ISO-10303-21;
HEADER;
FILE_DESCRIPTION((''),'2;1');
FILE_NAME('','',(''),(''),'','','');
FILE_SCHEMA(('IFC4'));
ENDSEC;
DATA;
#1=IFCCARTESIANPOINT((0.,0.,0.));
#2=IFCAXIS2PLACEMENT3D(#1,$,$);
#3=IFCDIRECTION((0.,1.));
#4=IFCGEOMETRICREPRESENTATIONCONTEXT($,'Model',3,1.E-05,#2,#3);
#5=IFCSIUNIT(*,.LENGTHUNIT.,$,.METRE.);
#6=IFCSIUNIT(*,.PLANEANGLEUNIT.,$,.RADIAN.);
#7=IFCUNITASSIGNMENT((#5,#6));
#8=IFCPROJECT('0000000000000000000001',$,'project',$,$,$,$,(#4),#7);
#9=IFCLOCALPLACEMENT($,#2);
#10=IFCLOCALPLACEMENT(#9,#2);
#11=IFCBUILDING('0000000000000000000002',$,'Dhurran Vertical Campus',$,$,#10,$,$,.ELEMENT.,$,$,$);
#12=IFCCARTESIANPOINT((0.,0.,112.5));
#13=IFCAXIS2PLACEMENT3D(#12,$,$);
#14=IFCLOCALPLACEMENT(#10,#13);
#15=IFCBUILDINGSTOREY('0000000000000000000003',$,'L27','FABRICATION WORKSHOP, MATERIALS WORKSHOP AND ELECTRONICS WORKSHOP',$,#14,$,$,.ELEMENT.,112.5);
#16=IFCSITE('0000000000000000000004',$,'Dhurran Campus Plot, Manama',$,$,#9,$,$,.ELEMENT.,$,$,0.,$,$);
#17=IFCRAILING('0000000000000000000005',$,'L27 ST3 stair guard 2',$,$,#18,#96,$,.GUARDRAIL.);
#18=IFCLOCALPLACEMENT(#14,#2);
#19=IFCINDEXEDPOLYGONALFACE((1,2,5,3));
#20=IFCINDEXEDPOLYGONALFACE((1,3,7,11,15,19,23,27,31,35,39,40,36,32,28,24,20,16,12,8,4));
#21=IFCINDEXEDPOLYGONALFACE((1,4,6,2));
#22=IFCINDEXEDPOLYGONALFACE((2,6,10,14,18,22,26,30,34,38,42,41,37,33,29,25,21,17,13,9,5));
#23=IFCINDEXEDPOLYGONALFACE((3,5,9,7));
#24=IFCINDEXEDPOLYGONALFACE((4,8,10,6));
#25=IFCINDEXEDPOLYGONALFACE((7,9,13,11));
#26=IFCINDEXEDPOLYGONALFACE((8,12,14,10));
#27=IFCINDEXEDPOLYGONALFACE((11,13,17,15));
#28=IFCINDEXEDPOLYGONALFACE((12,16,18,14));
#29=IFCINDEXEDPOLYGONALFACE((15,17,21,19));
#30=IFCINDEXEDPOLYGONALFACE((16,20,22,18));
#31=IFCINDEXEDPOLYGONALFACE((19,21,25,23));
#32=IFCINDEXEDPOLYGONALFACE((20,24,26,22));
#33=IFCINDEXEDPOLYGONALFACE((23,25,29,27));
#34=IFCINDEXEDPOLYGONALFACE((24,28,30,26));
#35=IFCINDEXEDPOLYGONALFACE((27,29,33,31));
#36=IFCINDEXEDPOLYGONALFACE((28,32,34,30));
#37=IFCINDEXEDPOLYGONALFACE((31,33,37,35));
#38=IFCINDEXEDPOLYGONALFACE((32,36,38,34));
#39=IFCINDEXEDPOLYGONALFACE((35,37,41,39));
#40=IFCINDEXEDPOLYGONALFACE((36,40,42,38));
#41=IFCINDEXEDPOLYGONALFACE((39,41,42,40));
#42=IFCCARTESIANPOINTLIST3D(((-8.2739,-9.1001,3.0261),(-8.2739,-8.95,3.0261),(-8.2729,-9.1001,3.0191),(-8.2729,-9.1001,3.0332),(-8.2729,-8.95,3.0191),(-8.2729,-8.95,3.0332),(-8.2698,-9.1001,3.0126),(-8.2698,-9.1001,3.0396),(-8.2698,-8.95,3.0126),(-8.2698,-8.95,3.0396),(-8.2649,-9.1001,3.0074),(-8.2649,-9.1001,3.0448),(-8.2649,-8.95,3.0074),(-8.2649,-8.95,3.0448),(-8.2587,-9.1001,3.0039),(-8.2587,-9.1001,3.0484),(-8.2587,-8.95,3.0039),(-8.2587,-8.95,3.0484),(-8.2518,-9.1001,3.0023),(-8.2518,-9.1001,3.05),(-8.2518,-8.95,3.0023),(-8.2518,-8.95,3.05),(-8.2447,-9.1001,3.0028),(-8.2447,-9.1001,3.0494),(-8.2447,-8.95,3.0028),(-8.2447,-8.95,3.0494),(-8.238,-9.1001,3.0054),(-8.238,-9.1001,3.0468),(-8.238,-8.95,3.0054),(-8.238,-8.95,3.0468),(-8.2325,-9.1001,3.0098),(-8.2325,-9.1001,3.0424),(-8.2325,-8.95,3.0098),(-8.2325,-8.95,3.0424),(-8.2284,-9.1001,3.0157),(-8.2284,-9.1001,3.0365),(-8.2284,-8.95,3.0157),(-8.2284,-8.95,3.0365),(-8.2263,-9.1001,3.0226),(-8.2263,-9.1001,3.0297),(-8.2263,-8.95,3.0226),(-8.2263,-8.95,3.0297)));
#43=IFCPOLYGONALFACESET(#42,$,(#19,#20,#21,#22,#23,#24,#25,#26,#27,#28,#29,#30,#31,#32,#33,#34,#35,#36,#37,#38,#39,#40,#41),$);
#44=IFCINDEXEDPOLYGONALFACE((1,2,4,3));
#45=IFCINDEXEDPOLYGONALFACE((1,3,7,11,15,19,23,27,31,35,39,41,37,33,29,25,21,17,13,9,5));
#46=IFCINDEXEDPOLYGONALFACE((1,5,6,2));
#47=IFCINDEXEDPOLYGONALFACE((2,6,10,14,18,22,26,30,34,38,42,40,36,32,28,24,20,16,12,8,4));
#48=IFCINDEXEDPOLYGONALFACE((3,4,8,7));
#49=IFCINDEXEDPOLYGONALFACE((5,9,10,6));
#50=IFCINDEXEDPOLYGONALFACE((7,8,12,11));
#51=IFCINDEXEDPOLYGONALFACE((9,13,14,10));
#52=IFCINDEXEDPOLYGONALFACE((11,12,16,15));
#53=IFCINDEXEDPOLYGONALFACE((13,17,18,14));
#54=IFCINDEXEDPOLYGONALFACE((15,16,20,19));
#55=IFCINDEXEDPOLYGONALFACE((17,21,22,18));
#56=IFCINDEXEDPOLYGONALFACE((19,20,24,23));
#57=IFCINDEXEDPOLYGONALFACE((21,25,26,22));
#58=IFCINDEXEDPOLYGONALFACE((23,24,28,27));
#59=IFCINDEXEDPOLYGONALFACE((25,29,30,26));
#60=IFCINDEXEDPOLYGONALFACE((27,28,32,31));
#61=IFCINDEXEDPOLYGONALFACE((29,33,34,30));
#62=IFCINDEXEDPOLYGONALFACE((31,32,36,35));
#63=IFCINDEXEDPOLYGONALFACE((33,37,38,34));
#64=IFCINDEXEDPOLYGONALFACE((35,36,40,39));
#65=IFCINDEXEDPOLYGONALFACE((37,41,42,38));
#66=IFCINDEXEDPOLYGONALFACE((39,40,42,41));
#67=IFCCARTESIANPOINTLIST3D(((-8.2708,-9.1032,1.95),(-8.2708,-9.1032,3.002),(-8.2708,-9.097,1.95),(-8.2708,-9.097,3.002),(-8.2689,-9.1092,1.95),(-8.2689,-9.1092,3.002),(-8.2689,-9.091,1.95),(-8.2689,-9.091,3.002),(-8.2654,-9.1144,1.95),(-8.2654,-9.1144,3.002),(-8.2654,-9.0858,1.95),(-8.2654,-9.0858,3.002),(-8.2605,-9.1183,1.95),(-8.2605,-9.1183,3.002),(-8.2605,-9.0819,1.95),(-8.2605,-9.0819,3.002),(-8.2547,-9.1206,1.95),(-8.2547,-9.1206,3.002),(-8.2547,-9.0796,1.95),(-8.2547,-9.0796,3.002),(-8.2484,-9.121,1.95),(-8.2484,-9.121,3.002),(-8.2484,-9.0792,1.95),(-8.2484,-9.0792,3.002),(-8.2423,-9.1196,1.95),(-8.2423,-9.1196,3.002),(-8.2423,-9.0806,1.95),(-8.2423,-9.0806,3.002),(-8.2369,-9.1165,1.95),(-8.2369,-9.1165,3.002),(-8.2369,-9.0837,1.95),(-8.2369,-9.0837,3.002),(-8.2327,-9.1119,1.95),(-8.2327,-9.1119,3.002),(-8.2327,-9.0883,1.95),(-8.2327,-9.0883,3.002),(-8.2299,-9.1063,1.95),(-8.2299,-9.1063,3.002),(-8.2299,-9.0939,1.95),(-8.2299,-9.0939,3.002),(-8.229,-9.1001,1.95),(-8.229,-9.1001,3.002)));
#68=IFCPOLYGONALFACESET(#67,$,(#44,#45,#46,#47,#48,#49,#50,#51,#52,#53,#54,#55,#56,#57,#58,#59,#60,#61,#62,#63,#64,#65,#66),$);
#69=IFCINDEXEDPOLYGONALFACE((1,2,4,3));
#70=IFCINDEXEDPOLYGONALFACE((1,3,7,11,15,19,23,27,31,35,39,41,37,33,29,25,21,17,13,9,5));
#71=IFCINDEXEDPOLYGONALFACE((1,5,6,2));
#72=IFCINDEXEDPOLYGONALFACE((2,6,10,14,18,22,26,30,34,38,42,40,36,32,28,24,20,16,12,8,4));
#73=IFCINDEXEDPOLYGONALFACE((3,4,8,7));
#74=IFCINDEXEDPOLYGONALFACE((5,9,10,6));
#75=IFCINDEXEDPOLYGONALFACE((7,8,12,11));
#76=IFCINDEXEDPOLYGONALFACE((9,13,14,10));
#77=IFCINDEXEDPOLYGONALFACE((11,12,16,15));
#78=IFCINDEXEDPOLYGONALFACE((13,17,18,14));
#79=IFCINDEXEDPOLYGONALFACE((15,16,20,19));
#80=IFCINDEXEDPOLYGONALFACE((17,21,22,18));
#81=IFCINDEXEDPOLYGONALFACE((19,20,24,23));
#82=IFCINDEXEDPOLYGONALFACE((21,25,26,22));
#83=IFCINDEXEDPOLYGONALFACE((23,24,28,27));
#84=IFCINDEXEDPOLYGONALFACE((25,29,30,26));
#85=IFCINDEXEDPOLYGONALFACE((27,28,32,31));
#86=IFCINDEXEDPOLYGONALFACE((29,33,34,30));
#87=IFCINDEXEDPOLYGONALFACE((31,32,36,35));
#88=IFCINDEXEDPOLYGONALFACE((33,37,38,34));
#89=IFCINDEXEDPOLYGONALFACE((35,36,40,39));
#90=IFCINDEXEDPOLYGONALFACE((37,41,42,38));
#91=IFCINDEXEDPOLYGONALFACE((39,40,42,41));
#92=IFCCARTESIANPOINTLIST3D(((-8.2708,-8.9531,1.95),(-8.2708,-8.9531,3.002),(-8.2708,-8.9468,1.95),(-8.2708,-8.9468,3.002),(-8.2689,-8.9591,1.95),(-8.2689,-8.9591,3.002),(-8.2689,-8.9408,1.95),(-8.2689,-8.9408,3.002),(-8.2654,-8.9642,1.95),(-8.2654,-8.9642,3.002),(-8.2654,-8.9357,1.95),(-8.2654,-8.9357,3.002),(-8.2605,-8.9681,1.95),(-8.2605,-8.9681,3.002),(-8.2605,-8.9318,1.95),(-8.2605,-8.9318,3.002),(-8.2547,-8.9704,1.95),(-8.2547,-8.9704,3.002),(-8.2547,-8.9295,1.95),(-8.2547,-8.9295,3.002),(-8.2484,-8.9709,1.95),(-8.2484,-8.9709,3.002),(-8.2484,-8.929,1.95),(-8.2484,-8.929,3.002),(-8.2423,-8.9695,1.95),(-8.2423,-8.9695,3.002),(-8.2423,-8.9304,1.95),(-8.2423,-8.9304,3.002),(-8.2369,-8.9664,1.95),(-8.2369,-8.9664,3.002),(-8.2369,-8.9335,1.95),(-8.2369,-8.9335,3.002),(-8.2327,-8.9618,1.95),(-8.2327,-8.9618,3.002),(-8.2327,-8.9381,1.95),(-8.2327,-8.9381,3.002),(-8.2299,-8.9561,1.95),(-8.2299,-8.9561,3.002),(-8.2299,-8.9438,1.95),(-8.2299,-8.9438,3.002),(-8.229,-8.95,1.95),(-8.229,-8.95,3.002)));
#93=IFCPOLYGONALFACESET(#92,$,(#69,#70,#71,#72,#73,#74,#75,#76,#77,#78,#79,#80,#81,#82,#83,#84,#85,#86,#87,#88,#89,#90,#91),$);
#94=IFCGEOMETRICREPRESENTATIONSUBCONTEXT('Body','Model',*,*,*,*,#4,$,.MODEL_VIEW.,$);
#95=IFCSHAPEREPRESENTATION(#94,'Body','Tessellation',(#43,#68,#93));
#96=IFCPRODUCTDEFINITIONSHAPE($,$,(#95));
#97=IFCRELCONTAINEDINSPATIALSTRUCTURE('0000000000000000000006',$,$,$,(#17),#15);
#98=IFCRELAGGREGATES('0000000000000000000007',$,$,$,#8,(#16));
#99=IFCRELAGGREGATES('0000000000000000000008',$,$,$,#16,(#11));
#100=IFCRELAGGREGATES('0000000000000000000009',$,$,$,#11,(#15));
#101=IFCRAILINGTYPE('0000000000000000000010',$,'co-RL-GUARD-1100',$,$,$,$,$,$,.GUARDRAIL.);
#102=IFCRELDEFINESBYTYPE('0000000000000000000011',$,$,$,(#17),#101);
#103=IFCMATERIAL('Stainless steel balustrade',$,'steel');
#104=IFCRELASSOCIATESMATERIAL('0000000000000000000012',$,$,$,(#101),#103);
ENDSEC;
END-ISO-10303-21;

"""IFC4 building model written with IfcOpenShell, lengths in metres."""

from ifc_helpers import new_model, si_unit, direction, frame, origin, origin_2d, place, context, subcontext, project, spatial, circle, extrude, material, type_object, element, save


model = new_model("IFC4")

# Units and contexts
model_context = context("Model", 3, precision=1e-05, world=origin(), true_north=direction((0.0, 1.0)))
body_context = subcontext(model_context, "Body", "Model", "MODEL_VIEW")
ifc_project = project(units=[si_unit("LENGTHUNIT", "METRE"), si_unit("PLANEANGLEUNIT", "RADIAN")], contexts=[model_context])

# Site, building, storey
site_placement = place(None, origin())
site = spatial("IfcSite", under=ifc_project, at=site_placement, Name="Dhurran Campus Plot, Manama", CompositionType="ELEMENT", RefElevation=0.0)
building_placement = place(site_placement, origin())
building = spatial("IfcBuilding", under=site, at=building_placement, Name="Dhurran Vertical Campus", CompositionType="ELEMENT")
storey_placement = place(building_placement, frame((0.0, 0.0, 112.5)))
storey = spatial("IfcBuildingStorey", under=building, at=storey_placement, Name="L27", Description="FABRICATION WORKSHOP, MATERIALS WORKSHOP AND ELECTRONICS WORKSHOP", CompositionType="ELEMENT", Elevation=112.5)

# Railing
ifc_material_1 = material(Name="Stainless steel balustrade", Category="steel")
railing_type_1 = type_object("IfcRailingType", Name="co-RL-GUARD-1100", PredefinedType="GUARDRAIL", material=ifc_material_1)
railing_1_placement = place(storey_placement, frame((-8.25, -9.1001, 1.95)))
element("IfcRailing", 1, at=railing_1_placement, inside=storey, type_object=railing_type_1, Name="L27 ST3 stair guard 2", PredefinedType="GUARDRAIL", context=body_context, shape_type="SweptSolid", body=[
    extrude(circle(Radius=0.0239, at=origin_2d()), frame((0.0, 0.0, 1.0762), z_axis=(0.0, 1.0, 0.0), x_axis=(-1.0, 0.0, 0.0)), (0.0, 0.0, 1.0), 0.1501),
    extrude(circle(Radius=0.021, at=origin_2d()), origin(), (0.0, 0.0, 1.0), 1.052),
    extrude(circle(Radius=0.021, at=origin_2d()), frame((0.0, 0.1501, 0.0)), (0.0, 0.0, 1.0), 1.052),
])

save(model, "model.ifc")
